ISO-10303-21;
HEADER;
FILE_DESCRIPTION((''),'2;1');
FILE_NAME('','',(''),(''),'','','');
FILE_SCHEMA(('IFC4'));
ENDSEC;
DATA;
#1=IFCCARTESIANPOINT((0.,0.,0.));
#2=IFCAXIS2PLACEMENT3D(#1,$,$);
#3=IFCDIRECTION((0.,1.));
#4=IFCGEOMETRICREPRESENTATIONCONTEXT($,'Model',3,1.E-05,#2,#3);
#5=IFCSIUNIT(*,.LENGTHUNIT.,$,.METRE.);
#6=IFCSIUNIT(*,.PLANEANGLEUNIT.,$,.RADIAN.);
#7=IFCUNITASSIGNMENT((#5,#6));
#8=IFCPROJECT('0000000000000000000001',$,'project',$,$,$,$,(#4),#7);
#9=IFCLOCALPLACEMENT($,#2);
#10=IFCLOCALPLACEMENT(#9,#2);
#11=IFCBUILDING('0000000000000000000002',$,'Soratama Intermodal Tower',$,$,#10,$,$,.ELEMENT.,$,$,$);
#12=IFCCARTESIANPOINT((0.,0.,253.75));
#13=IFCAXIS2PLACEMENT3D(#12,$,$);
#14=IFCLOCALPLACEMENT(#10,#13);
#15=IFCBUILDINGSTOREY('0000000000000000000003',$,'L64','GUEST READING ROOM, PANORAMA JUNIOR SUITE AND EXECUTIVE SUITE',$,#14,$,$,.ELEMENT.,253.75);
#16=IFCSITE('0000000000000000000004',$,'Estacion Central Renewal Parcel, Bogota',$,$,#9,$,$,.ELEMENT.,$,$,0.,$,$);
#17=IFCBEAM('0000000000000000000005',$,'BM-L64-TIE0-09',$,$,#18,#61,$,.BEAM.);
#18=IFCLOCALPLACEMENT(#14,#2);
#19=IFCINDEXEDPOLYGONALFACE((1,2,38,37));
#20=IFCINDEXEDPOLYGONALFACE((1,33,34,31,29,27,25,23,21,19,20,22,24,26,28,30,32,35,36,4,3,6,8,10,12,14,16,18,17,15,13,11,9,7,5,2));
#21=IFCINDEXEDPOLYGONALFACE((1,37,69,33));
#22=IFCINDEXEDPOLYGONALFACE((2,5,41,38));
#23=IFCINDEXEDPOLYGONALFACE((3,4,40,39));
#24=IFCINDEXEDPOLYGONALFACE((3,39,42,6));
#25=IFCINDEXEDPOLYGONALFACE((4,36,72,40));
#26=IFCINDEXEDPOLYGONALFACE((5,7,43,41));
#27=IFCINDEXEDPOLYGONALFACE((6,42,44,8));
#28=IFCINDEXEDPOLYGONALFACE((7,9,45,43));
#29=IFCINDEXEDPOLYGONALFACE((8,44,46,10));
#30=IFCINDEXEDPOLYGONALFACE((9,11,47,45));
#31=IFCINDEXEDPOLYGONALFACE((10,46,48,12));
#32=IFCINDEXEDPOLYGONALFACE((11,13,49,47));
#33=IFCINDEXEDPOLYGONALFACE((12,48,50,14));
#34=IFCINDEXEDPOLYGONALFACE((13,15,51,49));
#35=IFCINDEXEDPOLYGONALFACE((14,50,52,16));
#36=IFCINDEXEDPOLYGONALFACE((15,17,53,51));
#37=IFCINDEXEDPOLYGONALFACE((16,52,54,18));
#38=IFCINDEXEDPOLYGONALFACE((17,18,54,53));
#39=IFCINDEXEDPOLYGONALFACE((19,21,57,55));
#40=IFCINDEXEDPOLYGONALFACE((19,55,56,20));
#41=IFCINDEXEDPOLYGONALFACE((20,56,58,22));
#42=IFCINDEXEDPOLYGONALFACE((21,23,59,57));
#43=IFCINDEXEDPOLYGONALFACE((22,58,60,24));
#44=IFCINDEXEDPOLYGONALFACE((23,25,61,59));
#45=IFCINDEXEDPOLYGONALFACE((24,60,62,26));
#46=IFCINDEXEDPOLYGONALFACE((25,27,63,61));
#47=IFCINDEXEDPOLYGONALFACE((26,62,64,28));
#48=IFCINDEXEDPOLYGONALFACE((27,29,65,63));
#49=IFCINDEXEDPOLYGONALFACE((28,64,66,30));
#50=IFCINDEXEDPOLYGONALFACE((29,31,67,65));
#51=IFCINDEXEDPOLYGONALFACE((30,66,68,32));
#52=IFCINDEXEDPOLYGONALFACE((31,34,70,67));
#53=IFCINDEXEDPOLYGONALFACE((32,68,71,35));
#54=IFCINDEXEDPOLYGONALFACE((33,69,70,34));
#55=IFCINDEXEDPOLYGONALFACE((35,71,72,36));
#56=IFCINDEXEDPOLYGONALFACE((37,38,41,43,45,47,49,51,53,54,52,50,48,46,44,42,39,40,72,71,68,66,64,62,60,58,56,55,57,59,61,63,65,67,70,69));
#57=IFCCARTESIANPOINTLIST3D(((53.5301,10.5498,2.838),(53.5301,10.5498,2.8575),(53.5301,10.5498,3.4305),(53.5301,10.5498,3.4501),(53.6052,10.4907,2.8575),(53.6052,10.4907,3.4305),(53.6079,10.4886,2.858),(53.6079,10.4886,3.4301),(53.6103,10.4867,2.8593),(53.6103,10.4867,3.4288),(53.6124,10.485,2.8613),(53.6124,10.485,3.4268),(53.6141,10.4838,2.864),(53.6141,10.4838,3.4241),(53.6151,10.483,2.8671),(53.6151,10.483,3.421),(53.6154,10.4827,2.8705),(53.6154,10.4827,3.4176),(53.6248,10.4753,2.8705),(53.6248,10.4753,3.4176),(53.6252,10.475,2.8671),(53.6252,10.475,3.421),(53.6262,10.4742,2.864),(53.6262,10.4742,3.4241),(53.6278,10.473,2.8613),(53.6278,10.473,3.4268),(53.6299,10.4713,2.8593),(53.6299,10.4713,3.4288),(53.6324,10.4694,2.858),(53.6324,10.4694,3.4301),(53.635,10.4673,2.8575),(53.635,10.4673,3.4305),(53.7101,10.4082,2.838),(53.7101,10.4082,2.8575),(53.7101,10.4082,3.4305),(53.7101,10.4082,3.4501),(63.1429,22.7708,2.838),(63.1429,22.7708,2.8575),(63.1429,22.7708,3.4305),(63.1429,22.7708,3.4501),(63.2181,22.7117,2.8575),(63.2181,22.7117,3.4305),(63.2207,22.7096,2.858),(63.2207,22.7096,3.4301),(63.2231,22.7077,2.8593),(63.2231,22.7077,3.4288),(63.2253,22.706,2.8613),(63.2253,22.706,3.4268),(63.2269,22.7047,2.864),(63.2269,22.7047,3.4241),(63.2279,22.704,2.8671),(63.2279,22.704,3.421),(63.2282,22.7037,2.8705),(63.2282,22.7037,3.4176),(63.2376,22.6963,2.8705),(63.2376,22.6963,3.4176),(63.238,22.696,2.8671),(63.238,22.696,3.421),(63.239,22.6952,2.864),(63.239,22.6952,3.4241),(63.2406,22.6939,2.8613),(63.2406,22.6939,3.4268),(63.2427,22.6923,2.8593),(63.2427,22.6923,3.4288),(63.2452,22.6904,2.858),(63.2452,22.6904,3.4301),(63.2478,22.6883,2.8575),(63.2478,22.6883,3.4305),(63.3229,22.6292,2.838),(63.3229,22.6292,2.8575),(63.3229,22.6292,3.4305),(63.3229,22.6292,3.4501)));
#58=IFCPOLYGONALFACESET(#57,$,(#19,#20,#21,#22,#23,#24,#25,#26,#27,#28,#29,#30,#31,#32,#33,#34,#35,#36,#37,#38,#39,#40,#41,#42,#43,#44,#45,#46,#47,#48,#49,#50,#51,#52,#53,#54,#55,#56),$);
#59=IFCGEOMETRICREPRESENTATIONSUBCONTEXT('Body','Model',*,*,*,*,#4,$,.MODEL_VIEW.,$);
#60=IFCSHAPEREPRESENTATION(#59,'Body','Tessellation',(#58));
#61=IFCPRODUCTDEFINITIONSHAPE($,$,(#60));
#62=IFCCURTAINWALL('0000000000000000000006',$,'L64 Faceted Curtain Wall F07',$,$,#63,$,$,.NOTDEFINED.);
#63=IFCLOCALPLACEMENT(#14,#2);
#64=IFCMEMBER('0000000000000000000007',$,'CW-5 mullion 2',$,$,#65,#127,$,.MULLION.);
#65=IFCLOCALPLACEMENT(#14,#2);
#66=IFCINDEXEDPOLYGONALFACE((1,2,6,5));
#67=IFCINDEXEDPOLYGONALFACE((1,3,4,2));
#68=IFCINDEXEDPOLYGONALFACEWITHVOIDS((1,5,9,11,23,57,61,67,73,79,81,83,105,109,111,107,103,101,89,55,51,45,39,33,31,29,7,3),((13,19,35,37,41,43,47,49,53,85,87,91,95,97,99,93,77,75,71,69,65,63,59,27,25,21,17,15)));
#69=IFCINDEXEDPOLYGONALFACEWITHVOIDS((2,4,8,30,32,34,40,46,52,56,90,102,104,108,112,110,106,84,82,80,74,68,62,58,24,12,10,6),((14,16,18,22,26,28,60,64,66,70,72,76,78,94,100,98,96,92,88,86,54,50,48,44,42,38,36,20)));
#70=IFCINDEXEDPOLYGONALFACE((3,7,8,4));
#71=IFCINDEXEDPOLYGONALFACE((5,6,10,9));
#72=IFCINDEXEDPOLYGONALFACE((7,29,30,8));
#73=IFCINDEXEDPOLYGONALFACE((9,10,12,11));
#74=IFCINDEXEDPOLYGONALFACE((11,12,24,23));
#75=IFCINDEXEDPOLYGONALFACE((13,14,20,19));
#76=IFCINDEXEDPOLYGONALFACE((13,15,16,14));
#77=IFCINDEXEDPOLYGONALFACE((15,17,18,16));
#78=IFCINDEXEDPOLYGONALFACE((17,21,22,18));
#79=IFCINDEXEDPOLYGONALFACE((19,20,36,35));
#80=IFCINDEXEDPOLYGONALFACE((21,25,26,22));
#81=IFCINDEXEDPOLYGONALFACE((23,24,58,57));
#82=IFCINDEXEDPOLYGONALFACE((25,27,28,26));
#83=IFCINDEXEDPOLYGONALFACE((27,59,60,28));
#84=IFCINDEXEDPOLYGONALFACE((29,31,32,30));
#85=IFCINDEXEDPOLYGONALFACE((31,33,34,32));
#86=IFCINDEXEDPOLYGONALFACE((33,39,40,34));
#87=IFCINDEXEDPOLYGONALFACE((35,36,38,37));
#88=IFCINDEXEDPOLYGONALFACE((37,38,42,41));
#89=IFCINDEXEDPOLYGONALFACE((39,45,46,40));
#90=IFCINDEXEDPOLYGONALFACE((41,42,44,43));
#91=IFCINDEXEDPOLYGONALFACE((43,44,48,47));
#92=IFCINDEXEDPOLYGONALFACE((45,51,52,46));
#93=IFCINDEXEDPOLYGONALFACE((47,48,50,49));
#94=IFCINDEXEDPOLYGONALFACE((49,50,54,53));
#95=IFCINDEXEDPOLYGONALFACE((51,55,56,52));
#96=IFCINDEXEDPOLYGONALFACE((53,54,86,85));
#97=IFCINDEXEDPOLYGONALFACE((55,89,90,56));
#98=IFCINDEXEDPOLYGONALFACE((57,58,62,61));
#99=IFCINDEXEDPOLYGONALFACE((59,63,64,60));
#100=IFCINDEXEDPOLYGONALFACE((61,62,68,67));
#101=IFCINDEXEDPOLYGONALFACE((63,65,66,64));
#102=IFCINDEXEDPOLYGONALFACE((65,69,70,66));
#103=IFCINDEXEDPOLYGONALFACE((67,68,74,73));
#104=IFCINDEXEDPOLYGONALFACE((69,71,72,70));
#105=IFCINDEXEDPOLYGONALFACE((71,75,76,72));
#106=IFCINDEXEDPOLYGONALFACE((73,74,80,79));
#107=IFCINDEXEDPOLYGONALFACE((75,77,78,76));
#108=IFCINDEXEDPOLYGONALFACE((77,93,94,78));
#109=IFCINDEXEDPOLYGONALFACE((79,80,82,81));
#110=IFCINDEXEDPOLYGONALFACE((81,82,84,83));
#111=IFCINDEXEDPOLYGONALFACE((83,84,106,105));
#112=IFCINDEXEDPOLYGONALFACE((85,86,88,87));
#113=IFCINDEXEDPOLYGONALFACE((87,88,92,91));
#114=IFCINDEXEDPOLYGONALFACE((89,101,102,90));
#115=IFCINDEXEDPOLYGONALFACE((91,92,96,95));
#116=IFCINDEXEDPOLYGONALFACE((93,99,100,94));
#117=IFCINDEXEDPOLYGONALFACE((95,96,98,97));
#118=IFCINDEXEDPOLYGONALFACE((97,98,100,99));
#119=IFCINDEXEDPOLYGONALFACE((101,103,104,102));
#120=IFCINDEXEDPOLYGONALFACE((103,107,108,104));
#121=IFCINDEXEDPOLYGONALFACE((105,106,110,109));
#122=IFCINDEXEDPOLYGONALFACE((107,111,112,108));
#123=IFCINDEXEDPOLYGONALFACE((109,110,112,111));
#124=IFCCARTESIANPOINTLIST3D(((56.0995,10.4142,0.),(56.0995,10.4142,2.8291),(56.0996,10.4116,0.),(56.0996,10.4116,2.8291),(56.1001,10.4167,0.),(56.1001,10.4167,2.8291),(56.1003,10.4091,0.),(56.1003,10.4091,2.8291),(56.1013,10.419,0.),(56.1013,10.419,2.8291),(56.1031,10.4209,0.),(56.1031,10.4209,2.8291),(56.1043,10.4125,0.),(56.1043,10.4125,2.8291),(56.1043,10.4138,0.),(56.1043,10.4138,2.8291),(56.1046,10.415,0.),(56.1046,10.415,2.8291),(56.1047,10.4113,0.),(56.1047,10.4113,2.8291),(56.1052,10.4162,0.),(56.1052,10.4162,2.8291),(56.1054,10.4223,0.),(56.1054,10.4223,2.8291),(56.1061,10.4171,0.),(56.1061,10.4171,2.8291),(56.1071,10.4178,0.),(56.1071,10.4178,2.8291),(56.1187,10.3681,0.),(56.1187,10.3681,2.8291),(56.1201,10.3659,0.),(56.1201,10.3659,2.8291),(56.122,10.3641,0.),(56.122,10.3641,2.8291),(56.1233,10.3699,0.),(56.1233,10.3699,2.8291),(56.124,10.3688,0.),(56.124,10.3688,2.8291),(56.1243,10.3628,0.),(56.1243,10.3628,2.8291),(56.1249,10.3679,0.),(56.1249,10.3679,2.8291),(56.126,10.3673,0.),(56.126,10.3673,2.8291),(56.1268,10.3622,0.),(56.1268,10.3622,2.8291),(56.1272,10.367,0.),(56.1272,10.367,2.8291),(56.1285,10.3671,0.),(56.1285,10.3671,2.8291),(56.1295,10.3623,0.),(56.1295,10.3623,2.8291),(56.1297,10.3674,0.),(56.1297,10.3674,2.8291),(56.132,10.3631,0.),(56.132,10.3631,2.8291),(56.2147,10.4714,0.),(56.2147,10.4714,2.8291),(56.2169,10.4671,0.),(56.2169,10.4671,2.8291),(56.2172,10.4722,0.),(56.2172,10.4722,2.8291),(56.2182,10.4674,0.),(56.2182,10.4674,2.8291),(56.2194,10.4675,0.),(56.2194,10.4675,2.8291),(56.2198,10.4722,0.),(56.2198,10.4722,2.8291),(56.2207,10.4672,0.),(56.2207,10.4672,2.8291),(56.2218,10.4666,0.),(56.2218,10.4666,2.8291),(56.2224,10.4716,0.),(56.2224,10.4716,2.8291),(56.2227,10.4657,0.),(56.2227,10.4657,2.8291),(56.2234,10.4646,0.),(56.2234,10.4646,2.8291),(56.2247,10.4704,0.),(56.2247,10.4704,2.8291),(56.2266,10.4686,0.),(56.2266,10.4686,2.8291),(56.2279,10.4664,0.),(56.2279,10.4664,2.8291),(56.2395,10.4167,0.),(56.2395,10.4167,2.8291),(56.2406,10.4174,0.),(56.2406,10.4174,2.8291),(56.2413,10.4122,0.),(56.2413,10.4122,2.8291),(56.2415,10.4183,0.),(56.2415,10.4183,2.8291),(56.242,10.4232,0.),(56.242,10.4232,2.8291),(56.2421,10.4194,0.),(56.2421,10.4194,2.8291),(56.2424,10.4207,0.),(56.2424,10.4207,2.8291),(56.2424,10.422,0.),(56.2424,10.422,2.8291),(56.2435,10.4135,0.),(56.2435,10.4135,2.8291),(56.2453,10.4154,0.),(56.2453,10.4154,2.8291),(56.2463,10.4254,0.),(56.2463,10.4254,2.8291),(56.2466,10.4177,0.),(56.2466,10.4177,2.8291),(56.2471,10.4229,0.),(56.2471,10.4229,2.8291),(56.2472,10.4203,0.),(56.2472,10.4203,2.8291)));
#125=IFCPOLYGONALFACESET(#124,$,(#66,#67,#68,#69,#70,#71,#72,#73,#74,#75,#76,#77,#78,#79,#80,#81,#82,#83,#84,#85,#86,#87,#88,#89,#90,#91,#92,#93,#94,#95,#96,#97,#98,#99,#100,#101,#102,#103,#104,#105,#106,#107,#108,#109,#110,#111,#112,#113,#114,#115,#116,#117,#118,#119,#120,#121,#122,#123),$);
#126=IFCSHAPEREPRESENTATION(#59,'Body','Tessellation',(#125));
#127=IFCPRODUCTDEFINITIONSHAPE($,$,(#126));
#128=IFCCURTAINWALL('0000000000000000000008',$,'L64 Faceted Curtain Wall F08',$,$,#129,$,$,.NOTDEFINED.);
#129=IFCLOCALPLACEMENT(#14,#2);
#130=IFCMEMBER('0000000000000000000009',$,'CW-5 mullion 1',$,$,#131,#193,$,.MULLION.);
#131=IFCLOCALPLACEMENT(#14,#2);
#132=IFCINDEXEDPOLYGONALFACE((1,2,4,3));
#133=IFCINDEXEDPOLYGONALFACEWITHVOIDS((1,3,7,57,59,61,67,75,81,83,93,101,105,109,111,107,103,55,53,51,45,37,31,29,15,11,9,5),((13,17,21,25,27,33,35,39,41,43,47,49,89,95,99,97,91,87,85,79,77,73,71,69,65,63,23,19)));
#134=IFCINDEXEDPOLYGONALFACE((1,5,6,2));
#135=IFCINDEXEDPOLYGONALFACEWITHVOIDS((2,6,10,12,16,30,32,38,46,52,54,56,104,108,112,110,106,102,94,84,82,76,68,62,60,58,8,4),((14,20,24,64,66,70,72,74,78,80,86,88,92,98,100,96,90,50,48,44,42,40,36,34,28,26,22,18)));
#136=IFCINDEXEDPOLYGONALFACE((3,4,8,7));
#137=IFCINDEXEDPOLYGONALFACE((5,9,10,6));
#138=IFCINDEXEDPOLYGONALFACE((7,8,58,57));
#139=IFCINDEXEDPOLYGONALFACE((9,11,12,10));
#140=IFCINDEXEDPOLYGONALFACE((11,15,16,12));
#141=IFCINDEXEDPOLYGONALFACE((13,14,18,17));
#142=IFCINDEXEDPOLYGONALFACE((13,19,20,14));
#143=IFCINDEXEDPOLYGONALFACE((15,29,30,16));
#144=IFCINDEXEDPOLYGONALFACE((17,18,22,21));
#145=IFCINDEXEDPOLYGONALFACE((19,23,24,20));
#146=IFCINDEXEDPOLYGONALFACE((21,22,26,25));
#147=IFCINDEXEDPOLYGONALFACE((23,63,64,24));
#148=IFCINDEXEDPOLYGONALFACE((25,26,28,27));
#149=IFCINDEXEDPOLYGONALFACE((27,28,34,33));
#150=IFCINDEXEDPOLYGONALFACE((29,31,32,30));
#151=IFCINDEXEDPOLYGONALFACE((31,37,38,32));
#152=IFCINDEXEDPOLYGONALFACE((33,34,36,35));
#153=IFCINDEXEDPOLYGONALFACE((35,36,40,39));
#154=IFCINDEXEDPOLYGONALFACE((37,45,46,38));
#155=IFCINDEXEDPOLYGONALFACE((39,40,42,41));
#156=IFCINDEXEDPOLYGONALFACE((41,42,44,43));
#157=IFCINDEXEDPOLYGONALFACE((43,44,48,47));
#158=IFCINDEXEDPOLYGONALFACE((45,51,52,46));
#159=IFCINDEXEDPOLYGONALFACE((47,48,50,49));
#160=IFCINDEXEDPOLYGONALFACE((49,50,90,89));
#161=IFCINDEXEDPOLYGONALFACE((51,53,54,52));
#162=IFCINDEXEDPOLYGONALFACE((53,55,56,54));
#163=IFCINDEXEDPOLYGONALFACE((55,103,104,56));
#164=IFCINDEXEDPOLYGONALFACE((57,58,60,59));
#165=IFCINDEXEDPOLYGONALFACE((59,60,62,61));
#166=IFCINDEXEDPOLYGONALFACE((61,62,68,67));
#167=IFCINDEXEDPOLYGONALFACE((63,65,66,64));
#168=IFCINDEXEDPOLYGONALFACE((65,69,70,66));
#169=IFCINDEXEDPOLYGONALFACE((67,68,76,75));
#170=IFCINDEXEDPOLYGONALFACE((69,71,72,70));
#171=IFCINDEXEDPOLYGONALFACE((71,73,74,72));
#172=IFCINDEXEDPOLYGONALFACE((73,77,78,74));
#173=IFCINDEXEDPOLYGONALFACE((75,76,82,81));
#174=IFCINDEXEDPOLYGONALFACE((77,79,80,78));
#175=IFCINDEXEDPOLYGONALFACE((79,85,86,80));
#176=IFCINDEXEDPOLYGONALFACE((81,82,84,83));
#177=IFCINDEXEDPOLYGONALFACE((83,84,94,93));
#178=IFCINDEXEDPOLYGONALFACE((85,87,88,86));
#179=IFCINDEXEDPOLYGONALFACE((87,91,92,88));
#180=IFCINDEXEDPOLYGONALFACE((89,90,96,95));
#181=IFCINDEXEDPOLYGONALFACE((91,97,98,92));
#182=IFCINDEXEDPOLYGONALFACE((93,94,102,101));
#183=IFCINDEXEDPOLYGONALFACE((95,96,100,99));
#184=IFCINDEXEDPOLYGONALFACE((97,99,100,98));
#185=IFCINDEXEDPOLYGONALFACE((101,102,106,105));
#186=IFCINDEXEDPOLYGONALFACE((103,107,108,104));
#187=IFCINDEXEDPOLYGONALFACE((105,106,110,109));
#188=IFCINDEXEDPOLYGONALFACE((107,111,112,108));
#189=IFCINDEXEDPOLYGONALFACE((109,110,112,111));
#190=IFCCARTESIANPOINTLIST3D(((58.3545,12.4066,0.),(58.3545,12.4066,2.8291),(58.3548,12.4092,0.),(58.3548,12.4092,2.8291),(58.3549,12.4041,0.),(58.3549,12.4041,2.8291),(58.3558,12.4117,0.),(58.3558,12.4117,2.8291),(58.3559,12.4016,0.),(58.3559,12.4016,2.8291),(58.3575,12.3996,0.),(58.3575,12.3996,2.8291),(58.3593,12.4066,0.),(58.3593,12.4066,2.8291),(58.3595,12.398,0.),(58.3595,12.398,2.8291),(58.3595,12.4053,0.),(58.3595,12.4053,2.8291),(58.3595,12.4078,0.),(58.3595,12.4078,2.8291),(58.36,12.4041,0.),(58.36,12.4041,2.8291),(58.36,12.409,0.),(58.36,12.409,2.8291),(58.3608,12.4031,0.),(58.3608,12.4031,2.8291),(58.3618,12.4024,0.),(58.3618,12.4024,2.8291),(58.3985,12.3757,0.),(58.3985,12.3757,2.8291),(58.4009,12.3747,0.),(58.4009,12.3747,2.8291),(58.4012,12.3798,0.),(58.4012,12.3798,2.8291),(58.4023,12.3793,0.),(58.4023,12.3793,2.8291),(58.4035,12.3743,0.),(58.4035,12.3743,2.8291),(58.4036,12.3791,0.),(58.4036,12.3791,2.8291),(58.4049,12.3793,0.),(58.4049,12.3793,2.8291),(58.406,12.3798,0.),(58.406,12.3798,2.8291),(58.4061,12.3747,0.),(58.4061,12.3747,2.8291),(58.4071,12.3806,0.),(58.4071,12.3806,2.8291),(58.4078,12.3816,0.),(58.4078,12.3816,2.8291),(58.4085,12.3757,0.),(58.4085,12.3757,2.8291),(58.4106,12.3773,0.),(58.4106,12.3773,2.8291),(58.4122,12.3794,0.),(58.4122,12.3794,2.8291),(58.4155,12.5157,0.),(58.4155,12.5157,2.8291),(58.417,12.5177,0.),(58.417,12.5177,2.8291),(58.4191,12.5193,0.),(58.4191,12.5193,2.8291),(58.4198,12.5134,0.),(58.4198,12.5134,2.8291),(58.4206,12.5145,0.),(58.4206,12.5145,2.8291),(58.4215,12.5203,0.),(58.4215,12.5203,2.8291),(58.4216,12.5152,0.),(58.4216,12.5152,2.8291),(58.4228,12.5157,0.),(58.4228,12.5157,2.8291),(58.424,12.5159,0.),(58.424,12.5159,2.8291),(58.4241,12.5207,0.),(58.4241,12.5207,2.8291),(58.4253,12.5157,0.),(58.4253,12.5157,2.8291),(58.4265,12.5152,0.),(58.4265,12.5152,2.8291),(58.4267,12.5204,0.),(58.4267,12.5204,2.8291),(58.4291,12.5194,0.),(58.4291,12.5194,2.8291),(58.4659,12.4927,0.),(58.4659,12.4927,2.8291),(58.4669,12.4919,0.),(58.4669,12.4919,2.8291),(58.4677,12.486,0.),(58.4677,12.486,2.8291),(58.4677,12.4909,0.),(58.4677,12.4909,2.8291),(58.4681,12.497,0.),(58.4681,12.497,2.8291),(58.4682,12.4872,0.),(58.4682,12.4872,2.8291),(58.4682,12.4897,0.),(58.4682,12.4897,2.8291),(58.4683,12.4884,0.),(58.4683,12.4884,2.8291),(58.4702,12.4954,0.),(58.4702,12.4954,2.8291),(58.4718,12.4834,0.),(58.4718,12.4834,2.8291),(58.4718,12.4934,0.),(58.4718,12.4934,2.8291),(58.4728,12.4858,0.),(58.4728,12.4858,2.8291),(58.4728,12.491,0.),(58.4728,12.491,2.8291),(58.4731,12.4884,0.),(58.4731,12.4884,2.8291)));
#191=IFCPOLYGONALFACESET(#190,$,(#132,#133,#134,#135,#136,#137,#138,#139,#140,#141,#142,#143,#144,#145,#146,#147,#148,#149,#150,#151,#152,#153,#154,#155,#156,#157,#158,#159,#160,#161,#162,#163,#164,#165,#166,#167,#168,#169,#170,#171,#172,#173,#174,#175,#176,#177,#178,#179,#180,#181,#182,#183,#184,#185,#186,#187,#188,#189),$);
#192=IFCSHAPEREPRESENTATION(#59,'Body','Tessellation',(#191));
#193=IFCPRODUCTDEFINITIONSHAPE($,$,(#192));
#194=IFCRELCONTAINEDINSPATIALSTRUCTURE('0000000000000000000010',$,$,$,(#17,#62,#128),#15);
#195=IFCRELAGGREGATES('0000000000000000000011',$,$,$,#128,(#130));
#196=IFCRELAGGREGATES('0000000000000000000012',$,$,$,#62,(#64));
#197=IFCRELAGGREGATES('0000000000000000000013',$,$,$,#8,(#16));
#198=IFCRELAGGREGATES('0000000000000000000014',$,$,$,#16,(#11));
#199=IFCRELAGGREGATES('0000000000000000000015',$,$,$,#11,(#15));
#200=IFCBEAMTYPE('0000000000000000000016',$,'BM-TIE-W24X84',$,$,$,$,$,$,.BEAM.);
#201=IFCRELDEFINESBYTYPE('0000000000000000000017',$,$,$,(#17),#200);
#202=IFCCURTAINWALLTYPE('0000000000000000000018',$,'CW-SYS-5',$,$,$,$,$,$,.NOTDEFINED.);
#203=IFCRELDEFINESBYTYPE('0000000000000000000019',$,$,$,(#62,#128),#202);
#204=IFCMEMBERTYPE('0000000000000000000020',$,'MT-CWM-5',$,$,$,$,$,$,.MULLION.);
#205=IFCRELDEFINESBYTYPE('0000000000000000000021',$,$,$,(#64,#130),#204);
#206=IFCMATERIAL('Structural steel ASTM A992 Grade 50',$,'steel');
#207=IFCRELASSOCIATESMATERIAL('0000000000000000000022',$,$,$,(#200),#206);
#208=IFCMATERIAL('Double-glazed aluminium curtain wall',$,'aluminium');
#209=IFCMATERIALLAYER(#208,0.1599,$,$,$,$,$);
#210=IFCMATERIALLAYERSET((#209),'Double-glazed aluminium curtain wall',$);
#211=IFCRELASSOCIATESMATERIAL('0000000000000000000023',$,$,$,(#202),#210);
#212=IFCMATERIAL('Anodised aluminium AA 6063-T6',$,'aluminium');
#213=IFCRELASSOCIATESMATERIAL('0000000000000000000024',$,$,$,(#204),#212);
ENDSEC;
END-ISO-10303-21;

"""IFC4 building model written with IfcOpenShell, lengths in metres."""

from ifc_helpers import new_model, si_unit, direction, frame, origin, origin_2d, place, context, subcontext, project, spatial, hollow_rectangle, i_section, extrude, material, layer, layer_set, material_profile, profile_set, type_object, element, aggregate, save


model = new_model("IFC4")

# Units and contexts
model_context = context("Model", 3, precision=1e-05, world=origin(), true_north=direction((0.0, 1.0)))
body_context = subcontext(model_context, "Body", "Model", "MODEL_VIEW")
ifc_project = project(units=[si_unit("LENGTHUNIT", "METRE"), si_unit("PLANEANGLEUNIT", "RADIAN")], contexts=[model_context])

# Site, building, storey
site_placement = place(None, origin())
site = spatial("IfcSite", under=ifc_project, at=site_placement, Name="Estacion Central Renewal Parcel, Bogota", CompositionType="ELEMENT", RefElevation=0.0)
building_placement = place(site_placement, origin())
building = spatial("IfcBuilding", under=site, at=building_placement, Name="Soratama Intermodal Tower", CompositionType="ELEMENT")
storey_placement = place(building_placement, frame((0.0, 0.0, 253.75)))
storey = spatial("IfcBuildingStorey", under=building, at=storey_placement, Name="L64", Description="GUEST READING ROOM, PANORAMA JUNIOR SUITE AND EXECUTIVE SUITE", CompositionType="ELEMENT", Elevation=253.75)

# Beam
ifc_material_1 = material(Name="Structural steel ASTM A992 Grade 50", Category="steel")
ifc_material_profile_1 = material_profile(ifc_material_1, i_section(OverallWidth=0.229, OverallDepth=0.6121, WebThickness=0.012, FlangeThickness=0.0195, FilletRadius=0.0129, at=origin_2d()), Name="W24X84")
ifc_profile_set_1 = profile_set([ifc_material_profile_1], Name="Structural steel ASTM A992 Grade 50")
beam_type_1 = type_object("IfcBeamType", Name="BM-TIE-W24X84", PredefinedType="BEAM", material=ifc_profile_set_1)
beam_1_placement = place(storey_placement, frame((53.6201, 10.479, 3.144), z_axis=(0.618244, 0.785986, 0.0), x_axis=(-0.785986, 0.618244, 0.0)))
element("IfcBeam", 1, at=beam_1_placement, inside=storey, type_object=beam_type_1, Name="BM-L64-TIE0-09", PredefinedType="BEAM", context=body_context, shape_type="SweptSolid", body=[
    extrude(i_section(OverallWidth=0.229, OverallDepth=0.6121, WebThickness=0.012, FlangeThickness=0.0195, FilletRadius=0.0129, at=origin_2d()), origin(), (0.0, 0.0, 1.0), 15.5486),
])

# Curtain wall, member
ifc_material_2 = material(Name="Double-glazed aluminium curtain wall", Category="aluminium")
ifc_layer_1 = layer(ifc_material_2, 0.1599)
ifc_layer_set_1 = layer_set([ifc_layer_1], Name="Double-glazed aluminium curtain wall")
curtain_wall_type = type_object("IfcCurtainWallType", Name="CW-SYS-5", PredefinedType="NOTDEFINED", material=ifc_layer_set_1)
curtain_wall_1_placement = place(storey_placement, origin())
curtain_wall_1 = element("IfcCurtainWall", 2, at=curtain_wall_1_placement, inside=storey, type_object=curtain_wall_type, Name="L64 Faceted Curtain Wall F07", PredefinedType="NOTDEFINED")
ifc_material_3 = material(Name="Anodised aluminium AA 6063-T6", Category="aluminium")
ifc_material_profile_2 = material_profile(ifc_material_3, hollow_rectangle(XDim=0.0649, YDim=0.1399, WallThickness=0.0049, InnerFilletRadius=0.0049, OuterFilletRadius=0.01, at=origin_2d()), Name="CWM140X65X5")
ifc_profile_set_2 = profile_set([ifc_material_profile_2], Name="Anodised aluminium AA 6063-T6")
member_type_1 = type_object("IfcMemberType", Name="MT-CWM-5", PredefinedType="MULLION", material=ifc_profile_set_2)
member_1_placement = place(storey_placement, frame((56.1733, 10.4172, 0.0), z_axis=(0.0, 0.0, 1.0), x_axis=(-0.409597, 0.912267, 0.0)))
member_1 = element("IfcMember", 3, at=member_1_placement, type_object=member_type_1, Name="CW-5 mullion 2", PredefinedType="MULLION", context=body_context, shape_type="SweptSolid", body=[
    extrude(hollow_rectangle(XDim=0.0649, YDim=0.1399, WallThickness=0.0049, InnerFilletRadius=0.0049, OuterFilletRadius=0.01, at=origin_2d()), origin(), (0.0, 0.0, 1.0), 2.8291),
])

# Curtain wall, member
curtain_wall_2_placement = place(storey_placement, origin())
curtain_wall_2 = element("IfcCurtainWall", 4, at=curtain_wall_2_placement, inside=storey, type_object=curtain_wall_type, Name="L64 Faceted Curtain Wall F08", PredefinedType="NOTDEFINED")
member_2_placement = place(storey_placement, frame((58.4138, 12.4475, 0.0), z_axis=(0.0, 0.0, 1.0), x_axis=(-0.867588, 0.497284, 0.0)))
member_2 = element("IfcMember", 5, at=member_2_placement, type_object=member_type_1, Name="CW-5 mullion 1", PredefinedType="MULLION", context=body_context, shape_type="SweptSolid", body=[
    extrude(hollow_rectangle(XDim=0.0649, YDim=0.1399, WallThickness=0.0049, InnerFilletRadius=0.0049, OuterFilletRadius=0.01, at=origin_2d()), origin(), (0.0, 0.0, 1.0), 2.8291),
])
aggregate(curtain_wall_2, [member_2])

aggregate(curtain_wall_1, [member_1])

save(model, "model.ifc")
